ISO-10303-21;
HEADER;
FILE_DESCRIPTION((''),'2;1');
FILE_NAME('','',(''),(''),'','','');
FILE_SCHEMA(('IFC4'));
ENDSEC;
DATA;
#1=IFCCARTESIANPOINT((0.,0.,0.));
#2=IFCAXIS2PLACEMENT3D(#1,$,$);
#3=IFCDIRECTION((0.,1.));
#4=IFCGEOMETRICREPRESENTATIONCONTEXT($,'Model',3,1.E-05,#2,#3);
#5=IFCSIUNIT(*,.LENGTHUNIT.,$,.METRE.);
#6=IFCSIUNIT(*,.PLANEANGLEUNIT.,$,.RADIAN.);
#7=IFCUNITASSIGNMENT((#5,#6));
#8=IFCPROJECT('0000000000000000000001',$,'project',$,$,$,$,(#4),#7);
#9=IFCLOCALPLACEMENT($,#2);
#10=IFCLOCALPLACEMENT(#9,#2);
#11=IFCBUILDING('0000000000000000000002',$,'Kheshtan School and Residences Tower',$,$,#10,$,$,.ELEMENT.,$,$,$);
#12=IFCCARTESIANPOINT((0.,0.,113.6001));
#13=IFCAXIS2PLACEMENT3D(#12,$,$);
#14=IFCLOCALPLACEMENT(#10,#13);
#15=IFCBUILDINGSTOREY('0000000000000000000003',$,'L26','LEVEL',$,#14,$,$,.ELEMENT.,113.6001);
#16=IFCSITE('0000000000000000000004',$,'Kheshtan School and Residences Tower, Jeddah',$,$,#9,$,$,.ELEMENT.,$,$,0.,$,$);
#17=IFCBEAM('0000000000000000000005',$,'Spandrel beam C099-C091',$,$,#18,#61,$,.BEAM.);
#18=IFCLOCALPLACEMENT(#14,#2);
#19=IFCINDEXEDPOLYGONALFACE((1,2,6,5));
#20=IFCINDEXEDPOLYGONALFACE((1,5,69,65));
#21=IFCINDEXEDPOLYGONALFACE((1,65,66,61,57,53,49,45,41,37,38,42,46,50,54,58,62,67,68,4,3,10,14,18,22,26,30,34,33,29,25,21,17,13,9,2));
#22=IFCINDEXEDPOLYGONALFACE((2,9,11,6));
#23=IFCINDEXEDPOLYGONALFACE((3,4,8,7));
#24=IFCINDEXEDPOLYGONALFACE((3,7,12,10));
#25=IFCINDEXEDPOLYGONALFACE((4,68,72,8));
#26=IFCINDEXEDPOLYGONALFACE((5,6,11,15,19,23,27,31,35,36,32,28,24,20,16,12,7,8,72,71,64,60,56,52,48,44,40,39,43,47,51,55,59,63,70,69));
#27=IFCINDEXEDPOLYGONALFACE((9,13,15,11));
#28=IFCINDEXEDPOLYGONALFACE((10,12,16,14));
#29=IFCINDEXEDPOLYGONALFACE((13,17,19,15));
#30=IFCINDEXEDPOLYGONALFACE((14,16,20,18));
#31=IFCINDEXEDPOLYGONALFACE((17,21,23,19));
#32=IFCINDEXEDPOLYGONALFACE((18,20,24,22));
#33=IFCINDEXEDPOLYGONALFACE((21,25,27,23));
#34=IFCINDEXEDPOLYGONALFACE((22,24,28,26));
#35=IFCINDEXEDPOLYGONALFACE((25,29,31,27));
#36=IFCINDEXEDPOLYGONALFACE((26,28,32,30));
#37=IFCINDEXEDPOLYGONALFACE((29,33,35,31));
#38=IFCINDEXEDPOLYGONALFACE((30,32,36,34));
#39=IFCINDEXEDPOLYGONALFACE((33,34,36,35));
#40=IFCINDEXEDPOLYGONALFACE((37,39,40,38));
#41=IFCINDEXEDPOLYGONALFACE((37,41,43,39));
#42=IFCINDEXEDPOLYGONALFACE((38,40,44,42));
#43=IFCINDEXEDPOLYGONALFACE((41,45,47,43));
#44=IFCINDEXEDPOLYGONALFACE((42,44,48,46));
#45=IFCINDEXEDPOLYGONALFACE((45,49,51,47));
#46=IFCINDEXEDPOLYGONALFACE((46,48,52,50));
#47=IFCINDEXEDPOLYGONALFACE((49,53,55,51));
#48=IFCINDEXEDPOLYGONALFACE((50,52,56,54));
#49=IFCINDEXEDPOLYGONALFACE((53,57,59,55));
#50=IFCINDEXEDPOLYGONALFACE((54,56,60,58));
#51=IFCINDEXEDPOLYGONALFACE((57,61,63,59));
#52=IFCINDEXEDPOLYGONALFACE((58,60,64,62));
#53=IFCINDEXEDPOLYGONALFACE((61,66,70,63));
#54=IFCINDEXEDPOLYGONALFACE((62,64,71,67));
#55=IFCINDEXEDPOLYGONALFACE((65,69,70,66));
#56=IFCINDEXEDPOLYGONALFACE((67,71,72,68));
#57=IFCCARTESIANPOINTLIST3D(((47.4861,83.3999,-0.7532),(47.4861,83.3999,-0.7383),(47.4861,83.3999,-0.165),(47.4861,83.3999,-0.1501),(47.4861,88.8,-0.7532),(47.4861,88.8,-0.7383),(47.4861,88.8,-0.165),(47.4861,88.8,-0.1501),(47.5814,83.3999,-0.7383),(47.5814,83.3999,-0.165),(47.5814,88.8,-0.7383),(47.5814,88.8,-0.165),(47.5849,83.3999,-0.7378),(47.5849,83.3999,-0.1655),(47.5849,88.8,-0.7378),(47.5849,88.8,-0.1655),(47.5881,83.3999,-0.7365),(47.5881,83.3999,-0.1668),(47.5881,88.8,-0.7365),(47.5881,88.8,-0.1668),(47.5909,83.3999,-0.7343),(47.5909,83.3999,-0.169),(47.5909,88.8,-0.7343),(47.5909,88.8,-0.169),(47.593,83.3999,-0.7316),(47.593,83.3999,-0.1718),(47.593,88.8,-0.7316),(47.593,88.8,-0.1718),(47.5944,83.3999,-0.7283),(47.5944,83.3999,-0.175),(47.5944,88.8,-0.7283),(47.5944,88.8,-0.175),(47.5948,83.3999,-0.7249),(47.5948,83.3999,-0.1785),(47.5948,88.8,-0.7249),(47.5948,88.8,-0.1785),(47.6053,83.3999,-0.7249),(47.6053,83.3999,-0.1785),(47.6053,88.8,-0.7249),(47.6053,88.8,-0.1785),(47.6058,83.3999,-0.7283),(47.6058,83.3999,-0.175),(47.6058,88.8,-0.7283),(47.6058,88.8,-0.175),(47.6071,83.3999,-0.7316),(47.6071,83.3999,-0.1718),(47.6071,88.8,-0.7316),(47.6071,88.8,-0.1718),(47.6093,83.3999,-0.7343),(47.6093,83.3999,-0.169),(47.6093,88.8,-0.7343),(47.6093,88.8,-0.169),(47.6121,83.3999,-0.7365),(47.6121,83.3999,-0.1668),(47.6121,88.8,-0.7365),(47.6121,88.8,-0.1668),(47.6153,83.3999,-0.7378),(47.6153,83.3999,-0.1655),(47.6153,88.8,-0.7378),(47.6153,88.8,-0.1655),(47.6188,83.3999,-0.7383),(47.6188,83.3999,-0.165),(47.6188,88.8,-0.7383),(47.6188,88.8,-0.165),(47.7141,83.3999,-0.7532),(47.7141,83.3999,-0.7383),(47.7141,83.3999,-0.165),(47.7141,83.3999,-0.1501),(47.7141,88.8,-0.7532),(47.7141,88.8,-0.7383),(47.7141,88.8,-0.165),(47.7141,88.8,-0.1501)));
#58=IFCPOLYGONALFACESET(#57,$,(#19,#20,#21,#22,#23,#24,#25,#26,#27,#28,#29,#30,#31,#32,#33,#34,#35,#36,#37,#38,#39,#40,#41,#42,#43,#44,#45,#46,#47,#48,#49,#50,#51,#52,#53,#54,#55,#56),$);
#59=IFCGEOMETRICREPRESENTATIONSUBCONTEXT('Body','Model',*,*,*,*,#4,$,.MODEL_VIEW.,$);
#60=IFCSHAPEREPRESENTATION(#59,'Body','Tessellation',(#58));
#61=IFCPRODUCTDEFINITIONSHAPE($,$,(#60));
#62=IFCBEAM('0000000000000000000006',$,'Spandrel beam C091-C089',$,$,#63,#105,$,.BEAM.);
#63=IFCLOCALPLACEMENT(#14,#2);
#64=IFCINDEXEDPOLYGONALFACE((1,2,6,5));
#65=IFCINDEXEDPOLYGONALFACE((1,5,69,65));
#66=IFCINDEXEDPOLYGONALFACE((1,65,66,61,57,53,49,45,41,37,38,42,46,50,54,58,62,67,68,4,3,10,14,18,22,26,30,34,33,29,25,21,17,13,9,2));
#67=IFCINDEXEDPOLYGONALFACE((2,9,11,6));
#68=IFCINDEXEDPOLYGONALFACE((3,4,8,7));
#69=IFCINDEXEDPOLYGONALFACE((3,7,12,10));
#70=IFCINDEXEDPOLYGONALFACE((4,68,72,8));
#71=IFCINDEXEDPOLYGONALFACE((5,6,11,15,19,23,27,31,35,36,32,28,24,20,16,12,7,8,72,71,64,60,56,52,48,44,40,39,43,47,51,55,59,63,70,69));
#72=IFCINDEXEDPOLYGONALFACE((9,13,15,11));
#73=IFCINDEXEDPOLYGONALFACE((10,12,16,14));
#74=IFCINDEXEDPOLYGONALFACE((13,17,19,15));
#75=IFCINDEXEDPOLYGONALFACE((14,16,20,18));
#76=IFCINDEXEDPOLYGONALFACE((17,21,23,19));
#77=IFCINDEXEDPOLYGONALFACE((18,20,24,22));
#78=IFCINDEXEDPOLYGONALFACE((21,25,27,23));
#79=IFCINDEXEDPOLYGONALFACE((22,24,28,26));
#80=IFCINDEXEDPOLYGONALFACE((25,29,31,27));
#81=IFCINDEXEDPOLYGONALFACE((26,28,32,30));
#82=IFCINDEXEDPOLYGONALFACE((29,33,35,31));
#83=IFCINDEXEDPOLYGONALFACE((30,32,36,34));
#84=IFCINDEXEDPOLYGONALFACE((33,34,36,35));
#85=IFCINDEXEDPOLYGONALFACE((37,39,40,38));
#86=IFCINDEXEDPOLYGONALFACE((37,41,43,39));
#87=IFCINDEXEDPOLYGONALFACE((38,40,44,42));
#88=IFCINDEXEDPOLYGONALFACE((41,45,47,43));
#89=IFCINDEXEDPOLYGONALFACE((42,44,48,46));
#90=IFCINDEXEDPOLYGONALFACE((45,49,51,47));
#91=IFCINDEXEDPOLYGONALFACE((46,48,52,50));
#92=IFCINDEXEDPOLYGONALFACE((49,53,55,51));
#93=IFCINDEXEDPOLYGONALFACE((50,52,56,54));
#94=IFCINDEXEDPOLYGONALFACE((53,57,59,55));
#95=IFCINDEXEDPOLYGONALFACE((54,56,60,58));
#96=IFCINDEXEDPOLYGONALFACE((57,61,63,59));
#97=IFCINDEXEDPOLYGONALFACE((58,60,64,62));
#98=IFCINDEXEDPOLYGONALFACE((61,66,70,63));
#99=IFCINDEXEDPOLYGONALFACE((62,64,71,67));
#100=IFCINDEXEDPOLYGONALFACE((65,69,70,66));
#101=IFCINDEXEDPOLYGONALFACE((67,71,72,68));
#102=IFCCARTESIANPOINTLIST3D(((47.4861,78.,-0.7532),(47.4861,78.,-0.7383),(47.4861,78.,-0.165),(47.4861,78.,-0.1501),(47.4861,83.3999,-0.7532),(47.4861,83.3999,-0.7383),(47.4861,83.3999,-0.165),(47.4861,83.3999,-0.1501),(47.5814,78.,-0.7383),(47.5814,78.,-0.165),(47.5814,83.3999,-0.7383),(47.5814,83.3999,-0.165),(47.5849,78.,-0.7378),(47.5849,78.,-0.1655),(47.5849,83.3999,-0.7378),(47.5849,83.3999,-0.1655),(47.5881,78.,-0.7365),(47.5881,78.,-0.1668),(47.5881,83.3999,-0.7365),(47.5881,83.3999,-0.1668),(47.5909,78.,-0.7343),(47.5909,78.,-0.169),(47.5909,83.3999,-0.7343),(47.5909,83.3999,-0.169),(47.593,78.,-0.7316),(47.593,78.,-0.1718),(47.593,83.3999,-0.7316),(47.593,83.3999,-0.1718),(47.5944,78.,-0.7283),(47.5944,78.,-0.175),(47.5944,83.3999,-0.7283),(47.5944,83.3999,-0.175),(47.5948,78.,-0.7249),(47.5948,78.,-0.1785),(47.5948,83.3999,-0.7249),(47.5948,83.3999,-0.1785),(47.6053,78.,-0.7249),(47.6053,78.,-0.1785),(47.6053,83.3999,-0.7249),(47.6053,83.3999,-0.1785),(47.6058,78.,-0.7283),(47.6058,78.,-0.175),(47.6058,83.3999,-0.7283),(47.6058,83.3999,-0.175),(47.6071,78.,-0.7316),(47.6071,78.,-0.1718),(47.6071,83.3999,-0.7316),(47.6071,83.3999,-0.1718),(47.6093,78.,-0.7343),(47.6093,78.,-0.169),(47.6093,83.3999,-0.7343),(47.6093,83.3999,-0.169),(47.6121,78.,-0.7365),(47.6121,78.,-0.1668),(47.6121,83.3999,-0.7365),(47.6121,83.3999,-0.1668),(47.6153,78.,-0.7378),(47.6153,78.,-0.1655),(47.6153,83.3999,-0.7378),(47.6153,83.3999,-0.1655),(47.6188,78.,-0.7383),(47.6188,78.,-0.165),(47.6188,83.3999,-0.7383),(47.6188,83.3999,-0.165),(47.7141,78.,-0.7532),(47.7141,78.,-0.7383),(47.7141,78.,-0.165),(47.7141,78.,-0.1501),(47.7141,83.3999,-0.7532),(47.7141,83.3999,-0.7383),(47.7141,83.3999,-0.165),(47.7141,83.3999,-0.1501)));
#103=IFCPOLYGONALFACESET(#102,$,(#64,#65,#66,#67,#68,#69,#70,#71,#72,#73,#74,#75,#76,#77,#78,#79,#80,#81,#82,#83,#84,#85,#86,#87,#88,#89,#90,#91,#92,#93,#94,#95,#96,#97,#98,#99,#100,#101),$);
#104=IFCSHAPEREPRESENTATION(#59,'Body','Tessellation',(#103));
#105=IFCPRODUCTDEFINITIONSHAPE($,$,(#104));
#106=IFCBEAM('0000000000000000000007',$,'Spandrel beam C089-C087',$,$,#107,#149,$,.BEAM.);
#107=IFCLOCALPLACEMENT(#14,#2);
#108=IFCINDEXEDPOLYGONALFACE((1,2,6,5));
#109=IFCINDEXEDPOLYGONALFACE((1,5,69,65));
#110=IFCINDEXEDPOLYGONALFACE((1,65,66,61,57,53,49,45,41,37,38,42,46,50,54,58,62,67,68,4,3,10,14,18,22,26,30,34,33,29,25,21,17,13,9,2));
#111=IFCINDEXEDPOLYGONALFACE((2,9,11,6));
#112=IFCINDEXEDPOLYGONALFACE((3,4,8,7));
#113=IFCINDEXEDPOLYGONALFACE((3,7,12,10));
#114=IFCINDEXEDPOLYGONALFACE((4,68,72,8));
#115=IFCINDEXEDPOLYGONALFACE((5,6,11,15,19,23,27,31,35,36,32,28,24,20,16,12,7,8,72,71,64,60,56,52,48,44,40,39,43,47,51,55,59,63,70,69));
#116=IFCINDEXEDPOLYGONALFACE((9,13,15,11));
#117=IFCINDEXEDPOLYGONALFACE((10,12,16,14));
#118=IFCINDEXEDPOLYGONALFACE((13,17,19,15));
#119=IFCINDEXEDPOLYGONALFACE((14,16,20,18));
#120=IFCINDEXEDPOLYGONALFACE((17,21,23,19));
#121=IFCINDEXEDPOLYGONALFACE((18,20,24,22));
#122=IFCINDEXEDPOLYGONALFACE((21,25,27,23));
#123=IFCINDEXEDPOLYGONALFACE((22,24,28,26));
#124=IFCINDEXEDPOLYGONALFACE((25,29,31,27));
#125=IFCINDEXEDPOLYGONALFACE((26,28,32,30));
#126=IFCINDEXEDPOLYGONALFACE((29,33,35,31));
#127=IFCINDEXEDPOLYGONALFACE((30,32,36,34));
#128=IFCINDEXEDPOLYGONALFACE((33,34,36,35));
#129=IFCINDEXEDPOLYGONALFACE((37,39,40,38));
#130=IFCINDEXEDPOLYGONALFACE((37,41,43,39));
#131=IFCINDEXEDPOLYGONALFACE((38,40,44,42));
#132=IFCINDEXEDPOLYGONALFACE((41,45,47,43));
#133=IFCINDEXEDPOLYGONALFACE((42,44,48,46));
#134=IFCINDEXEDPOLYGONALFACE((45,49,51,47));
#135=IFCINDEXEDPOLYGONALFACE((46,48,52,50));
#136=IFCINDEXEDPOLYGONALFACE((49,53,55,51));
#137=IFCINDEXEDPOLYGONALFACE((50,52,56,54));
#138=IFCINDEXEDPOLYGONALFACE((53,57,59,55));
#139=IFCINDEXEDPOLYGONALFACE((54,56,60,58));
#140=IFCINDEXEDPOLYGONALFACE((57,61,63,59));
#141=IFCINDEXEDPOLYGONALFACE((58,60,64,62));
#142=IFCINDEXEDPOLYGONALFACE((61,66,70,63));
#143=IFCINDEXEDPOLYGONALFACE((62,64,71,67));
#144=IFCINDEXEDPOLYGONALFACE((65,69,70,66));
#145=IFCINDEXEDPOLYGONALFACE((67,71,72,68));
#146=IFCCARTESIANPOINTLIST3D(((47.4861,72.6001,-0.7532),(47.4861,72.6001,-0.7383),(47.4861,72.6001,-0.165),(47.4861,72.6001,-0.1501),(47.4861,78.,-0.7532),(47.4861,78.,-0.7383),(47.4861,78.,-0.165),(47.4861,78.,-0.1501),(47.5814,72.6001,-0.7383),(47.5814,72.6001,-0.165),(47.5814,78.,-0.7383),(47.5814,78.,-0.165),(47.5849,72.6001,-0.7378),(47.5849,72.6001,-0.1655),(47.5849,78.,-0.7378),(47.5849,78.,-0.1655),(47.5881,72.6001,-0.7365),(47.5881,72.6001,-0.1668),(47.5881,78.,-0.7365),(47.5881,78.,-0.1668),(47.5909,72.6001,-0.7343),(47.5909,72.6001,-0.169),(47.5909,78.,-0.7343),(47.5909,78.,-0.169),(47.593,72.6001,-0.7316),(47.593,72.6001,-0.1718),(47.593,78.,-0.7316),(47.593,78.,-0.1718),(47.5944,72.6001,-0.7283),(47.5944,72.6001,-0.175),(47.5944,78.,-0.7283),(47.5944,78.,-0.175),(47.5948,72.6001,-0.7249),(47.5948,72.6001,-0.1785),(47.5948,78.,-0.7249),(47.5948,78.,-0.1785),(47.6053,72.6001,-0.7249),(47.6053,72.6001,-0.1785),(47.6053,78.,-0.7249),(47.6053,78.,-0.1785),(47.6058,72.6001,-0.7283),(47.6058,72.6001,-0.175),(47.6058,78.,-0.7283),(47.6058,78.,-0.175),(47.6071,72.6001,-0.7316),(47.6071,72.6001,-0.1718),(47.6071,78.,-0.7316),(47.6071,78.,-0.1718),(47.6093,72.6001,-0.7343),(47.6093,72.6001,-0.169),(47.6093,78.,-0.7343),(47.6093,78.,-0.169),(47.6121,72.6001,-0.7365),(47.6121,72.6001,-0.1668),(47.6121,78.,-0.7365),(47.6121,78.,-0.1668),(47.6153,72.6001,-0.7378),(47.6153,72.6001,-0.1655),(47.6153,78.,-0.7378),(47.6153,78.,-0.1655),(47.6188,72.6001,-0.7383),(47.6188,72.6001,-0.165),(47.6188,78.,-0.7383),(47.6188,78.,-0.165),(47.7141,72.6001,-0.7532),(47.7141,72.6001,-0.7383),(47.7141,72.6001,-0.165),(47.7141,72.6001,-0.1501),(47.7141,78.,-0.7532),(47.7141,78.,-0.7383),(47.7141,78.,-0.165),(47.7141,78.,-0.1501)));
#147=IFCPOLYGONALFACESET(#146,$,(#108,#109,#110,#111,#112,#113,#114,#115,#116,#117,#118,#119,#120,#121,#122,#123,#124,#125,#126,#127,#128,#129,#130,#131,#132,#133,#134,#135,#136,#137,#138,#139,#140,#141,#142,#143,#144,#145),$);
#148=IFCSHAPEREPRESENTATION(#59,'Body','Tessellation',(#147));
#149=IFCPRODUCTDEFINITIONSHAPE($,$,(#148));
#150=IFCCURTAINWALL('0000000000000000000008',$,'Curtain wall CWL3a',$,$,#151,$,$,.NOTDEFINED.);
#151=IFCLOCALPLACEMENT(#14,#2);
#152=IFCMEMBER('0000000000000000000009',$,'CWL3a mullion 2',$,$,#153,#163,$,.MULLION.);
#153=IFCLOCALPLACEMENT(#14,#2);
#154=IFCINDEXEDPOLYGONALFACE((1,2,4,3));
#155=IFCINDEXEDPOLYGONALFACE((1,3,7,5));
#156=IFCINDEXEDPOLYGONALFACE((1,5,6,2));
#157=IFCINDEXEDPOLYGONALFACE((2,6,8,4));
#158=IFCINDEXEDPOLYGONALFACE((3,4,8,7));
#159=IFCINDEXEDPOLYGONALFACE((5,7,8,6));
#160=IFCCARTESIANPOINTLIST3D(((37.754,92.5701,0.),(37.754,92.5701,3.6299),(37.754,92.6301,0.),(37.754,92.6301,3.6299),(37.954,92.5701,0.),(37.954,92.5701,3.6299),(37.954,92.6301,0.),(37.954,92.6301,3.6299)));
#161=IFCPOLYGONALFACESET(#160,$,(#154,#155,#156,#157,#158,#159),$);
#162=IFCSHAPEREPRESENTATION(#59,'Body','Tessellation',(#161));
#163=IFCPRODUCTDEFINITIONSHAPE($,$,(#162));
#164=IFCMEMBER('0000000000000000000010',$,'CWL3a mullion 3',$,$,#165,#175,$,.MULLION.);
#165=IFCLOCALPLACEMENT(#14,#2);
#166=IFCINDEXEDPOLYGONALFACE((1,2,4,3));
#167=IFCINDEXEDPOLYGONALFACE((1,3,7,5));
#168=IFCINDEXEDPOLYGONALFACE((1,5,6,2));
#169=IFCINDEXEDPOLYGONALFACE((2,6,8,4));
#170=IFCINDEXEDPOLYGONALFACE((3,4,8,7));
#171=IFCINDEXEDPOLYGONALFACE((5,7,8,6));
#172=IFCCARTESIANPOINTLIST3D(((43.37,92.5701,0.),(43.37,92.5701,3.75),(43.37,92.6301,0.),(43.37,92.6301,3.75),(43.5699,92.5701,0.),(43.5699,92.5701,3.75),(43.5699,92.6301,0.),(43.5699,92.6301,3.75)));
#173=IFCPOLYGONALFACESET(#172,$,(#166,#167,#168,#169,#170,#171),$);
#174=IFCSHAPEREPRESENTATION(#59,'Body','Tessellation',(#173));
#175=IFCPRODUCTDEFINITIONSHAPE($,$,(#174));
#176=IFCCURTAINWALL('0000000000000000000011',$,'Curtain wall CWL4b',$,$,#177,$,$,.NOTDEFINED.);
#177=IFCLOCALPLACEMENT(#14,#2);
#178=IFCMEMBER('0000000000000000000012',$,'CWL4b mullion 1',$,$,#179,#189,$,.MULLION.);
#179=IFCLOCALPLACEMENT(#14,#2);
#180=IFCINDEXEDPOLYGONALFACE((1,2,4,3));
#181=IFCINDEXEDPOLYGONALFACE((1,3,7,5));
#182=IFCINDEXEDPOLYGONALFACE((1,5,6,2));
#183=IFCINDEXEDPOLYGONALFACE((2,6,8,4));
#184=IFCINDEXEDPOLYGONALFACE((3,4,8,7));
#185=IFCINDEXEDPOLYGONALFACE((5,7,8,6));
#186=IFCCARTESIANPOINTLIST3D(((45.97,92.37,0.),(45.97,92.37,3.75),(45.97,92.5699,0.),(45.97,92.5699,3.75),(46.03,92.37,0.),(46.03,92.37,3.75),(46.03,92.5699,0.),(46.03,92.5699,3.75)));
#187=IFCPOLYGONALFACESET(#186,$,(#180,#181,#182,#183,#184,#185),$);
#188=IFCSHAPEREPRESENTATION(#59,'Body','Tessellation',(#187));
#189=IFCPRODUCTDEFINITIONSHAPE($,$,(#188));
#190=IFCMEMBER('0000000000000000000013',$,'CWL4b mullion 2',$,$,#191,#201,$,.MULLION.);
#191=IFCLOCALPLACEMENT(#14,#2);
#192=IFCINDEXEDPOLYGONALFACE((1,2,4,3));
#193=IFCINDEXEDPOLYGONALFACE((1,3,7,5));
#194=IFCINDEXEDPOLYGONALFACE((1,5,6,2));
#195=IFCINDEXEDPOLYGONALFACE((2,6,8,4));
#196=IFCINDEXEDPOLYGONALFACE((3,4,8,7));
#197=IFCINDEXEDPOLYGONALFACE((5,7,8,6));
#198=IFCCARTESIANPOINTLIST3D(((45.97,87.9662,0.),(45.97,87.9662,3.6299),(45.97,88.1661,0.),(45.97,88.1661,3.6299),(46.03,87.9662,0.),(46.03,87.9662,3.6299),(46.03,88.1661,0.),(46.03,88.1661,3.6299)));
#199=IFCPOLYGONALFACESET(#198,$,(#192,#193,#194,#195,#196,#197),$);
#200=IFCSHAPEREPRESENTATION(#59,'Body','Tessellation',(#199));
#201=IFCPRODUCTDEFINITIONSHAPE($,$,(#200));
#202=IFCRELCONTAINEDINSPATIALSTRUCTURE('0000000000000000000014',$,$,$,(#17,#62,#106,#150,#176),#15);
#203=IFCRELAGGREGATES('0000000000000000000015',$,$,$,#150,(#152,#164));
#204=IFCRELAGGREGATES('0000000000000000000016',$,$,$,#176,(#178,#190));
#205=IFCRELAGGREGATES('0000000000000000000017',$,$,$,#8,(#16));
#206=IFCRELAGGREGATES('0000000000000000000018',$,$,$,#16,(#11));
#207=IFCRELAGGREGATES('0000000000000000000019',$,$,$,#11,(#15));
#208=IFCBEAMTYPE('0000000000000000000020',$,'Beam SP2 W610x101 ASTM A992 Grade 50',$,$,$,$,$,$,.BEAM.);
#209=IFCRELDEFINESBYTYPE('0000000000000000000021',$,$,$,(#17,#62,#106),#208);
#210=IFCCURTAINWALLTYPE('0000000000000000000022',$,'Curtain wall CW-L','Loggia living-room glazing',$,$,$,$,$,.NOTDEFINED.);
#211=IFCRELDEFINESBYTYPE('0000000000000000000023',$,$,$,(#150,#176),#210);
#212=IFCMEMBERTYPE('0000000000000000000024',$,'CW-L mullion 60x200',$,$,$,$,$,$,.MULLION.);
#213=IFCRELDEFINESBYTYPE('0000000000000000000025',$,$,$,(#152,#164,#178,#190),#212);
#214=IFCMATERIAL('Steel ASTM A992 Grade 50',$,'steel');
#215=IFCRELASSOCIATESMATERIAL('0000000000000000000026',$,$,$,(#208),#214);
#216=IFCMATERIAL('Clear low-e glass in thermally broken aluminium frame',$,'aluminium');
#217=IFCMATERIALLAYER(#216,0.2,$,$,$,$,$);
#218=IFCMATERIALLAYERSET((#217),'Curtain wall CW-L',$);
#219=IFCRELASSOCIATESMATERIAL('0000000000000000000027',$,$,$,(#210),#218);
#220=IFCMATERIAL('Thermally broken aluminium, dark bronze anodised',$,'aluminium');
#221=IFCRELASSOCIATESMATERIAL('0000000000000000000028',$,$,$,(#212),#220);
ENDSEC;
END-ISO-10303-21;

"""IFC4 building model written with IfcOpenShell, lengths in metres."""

from ifc_helpers import new_model, si_unit, direction, frame, origin, origin_2d, place, context, subcontext, project, spatial, rectangle, i_section, extrude, material, layer, layer_set, material_profile, profile_set, type_object, element, aggregate, save


model = new_model("IFC4")

# Units and contexts
model_context = context("Model", 3, precision=1e-05, world=origin(), true_north=direction((0.0, 1.0)))
body_context = subcontext(model_context, "Body", "Model", "MODEL_VIEW")
ifc_project = project(units=[si_unit("LENGTHUNIT", "METRE"), si_unit("PLANEANGLEUNIT", "RADIAN")], contexts=[model_context])

# Site, building, storey
site_placement = place(None, origin())
site = spatial("IfcSite", under=ifc_project, at=site_placement, Name="Kheshtan School and Residences Tower, Jeddah", CompositionType="ELEMENT", RefElevation=0.0)
building_placement = place(site_placement, origin())
building = spatial("IfcBuilding", under=site, at=building_placement, Name="Kheshtan School and Residences Tower", CompositionType="ELEMENT")
storey_placement = place(building_placement, frame((0.0, 0.0, 113.6001)))
storey = spatial("IfcBuildingStorey", under=building, at=storey_placement, Name="L26", Description="LEVEL", CompositionType="ELEMENT", Elevation=113.6001)

# Shared definitions
ifc_material_1 = material(Name="Steel ASTM A992 Grade 50", Category="steel")

# Beams
ifc_material_profile_1 = material_profile(ifc_material_1, i_section(OverallWidth=0.228, OverallDepth=0.603, WebThickness=0.0105, FlangeThickness=0.0149, FilletRadius=0.0134, at=origin_2d()), Name="W610x101")
ifc_profile_set_1 = profile_set([ifc_material_profile_1], Name="Steel ASTM A992 Grade 50")
beam_type_1 = type_object("IfcBeamType", Name="Beam SP2 W610x101 ASTM A992 Grade 50", PredefinedType="BEAM", material=ifc_profile_set_1)
beam_1_placement = place(storey_placement, frame((47.6001, 88.8, -0.4517), z_axis=(0.0, -1.0, 0.0), x_axis=(1.0, 0.0, 0.0)))
element("IfcBeam", 1, at=beam_1_placement, inside=storey, type_object=beam_type_1, Name="Spandrel beam C099-C091", PredefinedType="BEAM", context=body_context, shape_type="SweptSolid", body=[
    extrude(i_section(OverallWidth=0.228, OverallDepth=0.603, WebThickness=0.0105, FlangeThickness=0.0149, FilletRadius=0.0134, at=origin_2d()), origin(), (0.0, 0.0, 1.0), 5.4001),
])
for number, where, z_axis, x_axis, name in (
    (2, (47.6001, 83.3999, -0.4517), (0.0, -1.0, 0.0), (1.0, 0.0, 0.0), "Spandrel beam C091-C089"),
    (3, (47.6001, 78.0, -0.4517), (0.0, -1.0, 0.0), (1.0, 0.0, 0.0), "Spandrel beam C089-C087"),
):
    element("IfcBeam", number, at=place(storey_placement, frame(where, z_axis=z_axis, x_axis=x_axis)), inside=storey, type_object=beam_type_1, Name=name, PredefinedType="BEAM", context=body_context, shape_type="SweptSolid", body=[
        extrude(i_section(OverallWidth=0.228, OverallDepth=0.603, WebThickness=0.0105, FlangeThickness=0.0149, FilletRadius=0.0134, at=origin_2d()), origin(), (0.0, 0.0, 1.0), 5.3999),
    ])

# Curtain walls, members
ifc_material_2 = material(Name="Clear low-e glass in thermally broken aluminium frame", Category="aluminium")
ifc_layer_1 = layer(ifc_material_2, 0.2)
ifc_layer_set_1 = layer_set([ifc_layer_1], Name="Curtain wall CW-L")
curtain_wall_type = type_object("IfcCurtainWallType", Name="Curtain wall CW-L", Description="Loggia living-room glazing", PredefinedType="NOTDEFINED", material=ifc_layer_set_1)
curtain_wall_1_placement = place(storey_placement, origin())
curtain_wall_1 = element("IfcCurtainWall", 4, at=curtain_wall_1_placement, inside=storey, type_object=curtain_wall_type, Name="Curtain wall CWL3a", PredefinedType="NOTDEFINED")
ifc_material_3 = material(Name="Thermally broken aluminium, dark bronze anodised", Category="aluminium")
ifc_material_profile_2 = material_profile(ifc_material_3, rectangle(XDim=0.0601, YDim=0.2, at=origin_2d()), Name="CW-L mullion 60x200")
ifc_profile_set_2 = profile_set([ifc_material_profile_2], Name="Thermally broken aluminium, dark bronze anodised")
member_type_1 = type_object("IfcMemberType", Name="CW-L mullion 60x200", PredefinedType="MULLION", material=ifc_profile_set_2)
member_1_placement = place(storey_placement, frame((37.854, 92.6001, 0.0), z_axis=(0.0, 0.0, 1.0), x_axis=(0.0, 1.0, 0.0)))
member_1 = element("IfcMember", 5, at=member_1_placement, type_object=member_type_1, Name="CWL3a mullion 2", PredefinedType="MULLION", context=body_context, shape_type="SweptSolid", body=[
    extrude(rectangle(XDim=0.0601, YDim=0.2, at=origin_2d()), origin(), (0.0, 0.0, 1.0), 3.6299),
])
member_2_placement = place(storey_placement, frame((43.47, 92.6001, 0.0), z_axis=(0.0, 0.0, 1.0), x_axis=(0.0, 1.0, 0.0)))
member_2 = element("IfcMember", 6, at=member_2_placement, type_object=member_type_1, Name="CWL3a mullion 3", PredefinedType="MULLION", context=body_context, shape_type="SweptSolid", body=[
    extrude(rectangle(XDim=0.0601, YDim=0.2, at=origin_2d()), origin(), (0.0, 0.0, 1.0), 3.75),
])
curtain_wall_2_placement = place(storey_placement, origin())
curtain_wall_2 = element("IfcCurtainWall", 7, at=curtain_wall_2_placement, inside=storey, type_object=curtain_wall_type, Name="Curtain wall CWL4b", PredefinedType="NOTDEFINED")
member_3_placement = place(storey_placement, frame((46.0, 92.47, 0.0), z_axis=(0.0, 0.0, 1.0), x_axis=(1.0, 0.0, 0.0)))
member_3 = element("IfcMember", 8, at=member_3_placement, type_object=member_type_1, Name="CWL4b mullion 1", PredefinedType="MULLION", context=body_context, shape_type="SweptSolid", body=[
    extrude(rectangle(XDim=0.0601, YDim=0.2, at=origin_2d()), origin(), (0.0, 0.0, 1.0), 3.75),
])
member_4_placement = place(storey_placement, frame((46.0, 88.0662, 0.0), z_axis=(0.0, 0.0, 1.0), x_axis=(1.0, 0.0, 0.0)))
member_4 = element("IfcMember", 9, at=member_4_placement, type_object=member_type_1, Name="CWL4b mullion 2", PredefinedType="MULLION", context=body_context, shape_type="SweptSolid", body=[
    extrude(rectangle(XDim=0.0601, YDim=0.2, at=origin_2d()), origin(), (0.0, 0.0, 1.0), 3.6299),
])

aggregate(curtain_wall_1, [member_1, member_2])
aggregate(curtain_wall_2, [member_3, member_4])

save(model, "model.ifc")
